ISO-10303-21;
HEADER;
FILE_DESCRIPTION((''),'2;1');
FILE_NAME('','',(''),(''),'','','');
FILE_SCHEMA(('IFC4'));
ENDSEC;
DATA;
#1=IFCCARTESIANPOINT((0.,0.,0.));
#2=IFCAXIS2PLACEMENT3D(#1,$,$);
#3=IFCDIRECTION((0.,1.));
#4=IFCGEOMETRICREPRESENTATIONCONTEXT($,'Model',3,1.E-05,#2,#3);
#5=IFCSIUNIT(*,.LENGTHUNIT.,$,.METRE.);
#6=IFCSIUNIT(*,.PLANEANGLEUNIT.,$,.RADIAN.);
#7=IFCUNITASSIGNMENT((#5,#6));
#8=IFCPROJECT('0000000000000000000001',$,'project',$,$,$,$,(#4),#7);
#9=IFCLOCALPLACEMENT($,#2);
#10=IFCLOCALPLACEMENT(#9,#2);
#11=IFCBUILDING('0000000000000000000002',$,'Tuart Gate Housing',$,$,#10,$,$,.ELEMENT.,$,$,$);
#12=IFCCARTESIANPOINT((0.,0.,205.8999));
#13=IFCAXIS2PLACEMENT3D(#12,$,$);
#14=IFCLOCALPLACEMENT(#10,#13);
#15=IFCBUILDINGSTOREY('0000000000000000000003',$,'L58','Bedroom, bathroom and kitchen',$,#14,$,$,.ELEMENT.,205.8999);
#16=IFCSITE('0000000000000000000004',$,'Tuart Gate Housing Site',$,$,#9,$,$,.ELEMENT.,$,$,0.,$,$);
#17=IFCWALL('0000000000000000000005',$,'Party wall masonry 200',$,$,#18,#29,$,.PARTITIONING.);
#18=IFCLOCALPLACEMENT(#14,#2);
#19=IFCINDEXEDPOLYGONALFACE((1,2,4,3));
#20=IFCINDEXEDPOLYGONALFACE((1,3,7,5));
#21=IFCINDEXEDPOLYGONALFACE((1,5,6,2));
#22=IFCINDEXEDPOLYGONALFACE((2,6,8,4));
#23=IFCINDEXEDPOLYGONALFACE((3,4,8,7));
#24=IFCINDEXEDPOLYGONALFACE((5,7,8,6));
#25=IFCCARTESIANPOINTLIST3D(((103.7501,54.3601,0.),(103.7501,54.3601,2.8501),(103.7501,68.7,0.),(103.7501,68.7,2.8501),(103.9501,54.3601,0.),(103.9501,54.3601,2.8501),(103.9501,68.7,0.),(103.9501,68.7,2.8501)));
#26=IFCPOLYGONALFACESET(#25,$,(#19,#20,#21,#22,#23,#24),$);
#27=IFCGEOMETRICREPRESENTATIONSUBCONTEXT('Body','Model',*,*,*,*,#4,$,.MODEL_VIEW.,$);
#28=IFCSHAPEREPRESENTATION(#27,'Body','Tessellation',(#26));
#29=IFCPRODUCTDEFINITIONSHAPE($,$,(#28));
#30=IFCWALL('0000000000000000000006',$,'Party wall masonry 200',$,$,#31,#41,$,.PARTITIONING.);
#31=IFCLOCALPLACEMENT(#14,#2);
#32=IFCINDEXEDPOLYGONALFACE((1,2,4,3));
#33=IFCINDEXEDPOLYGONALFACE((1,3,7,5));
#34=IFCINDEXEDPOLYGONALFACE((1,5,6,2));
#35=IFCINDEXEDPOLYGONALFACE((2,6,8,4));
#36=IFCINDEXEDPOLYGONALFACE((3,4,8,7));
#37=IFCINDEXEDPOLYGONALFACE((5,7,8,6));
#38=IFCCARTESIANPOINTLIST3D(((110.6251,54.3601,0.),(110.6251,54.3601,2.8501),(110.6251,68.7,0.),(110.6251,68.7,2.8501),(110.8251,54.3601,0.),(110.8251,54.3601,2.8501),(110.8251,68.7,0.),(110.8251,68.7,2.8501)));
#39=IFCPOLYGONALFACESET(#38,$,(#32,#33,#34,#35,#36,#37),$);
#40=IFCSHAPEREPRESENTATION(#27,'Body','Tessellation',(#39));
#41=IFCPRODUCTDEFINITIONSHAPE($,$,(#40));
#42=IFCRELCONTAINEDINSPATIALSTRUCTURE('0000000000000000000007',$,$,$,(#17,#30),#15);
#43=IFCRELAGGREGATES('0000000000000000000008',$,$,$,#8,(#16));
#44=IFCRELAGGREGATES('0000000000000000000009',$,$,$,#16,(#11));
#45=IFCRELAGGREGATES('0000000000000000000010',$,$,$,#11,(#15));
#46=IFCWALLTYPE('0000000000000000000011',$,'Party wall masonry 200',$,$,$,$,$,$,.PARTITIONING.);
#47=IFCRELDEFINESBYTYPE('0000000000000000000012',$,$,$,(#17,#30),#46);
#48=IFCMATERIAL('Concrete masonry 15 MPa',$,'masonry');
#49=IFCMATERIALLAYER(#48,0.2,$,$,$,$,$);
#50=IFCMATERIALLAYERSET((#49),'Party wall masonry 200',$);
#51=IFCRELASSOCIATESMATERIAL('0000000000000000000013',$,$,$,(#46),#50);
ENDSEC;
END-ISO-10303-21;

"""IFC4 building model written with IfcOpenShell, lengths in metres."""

from ifc_helpers import new_model, si_unit, direction, frame, frame_2d, origin, place, context, subcontext, project, spatial, rectangle, extrude, material, layer, layer_set, type_object, element, save


model = new_model("IFC4")

# Units and contexts
model_context = context("Model", 3, precision=1e-05, world=origin(), true_north=direction((0.0, 1.0)))
body_context = subcontext(model_context, "Body", "Model", "MODEL_VIEW")
ifc_project = project(units=[si_unit("LENGTHUNIT", "METRE"), si_unit("PLANEANGLEUNIT", "RADIAN")], contexts=[model_context])

# Site, building, storey
site_placement = place(None, origin())
site = spatial("IfcSite", under=ifc_project, at=site_placement, Name="Tuart Gate Housing Site", CompositionType="ELEMENT", RefElevation=0.0)
building_placement = place(site_placement, origin())
building = spatial("IfcBuilding", under=site, at=building_placement, Name="Tuart Gate Housing", CompositionType="ELEMENT")
storey_placement = place(building_placement, frame((0.0, 0.0, 205.8999)))
storey = spatial("IfcBuildingStorey", under=building, at=storey_placement, Name="L58", Description="Bedroom, bathroom and kitchen", CompositionType="ELEMENT", Elevation=205.8999)

# Walls
ifc_material_1 = material(Name="Concrete masonry 15 MPa", Category="masonry")
ifc_layer_1 = layer(ifc_material_1, 0.2)
ifc_layer_set_1 = layer_set([ifc_layer_1], Name="Party wall masonry 200")
wall_type_1 = type_object("IfcWallType", Name="Party wall masonry 200", PredefinedType="PARTITIONING", material=ifc_layer_set_1)
for number, where, z_axis, x_axis, name in (
    (1, (103.8501, 54.3601, 0.0), (0.0, 0.0, 1.0), (0.0, 1.0, 0.0), "Party wall masonry 200"),
    (2, (110.7251, 54.3601, 0.0), (0.0, 0.0, 1.0), (0.0, 1.0, 0.0), "Party wall masonry 200"),
):
    element("IfcWall", number, at=place(storey_placement, frame(where, z_axis=z_axis, x_axis=x_axis)), inside=storey, type_object=wall_type_1, Name=name, PredefinedType="PARTITIONING", context=body_context, shape_type="SweptSolid", body=[
        extrude(rectangle(XDim=14.3398, YDim=0.2, at=frame_2d((7.1699, 0.0))), origin(), (0.0, 0.0, 1.0), 2.8501),
    ])

save(model, "model.ifc")
